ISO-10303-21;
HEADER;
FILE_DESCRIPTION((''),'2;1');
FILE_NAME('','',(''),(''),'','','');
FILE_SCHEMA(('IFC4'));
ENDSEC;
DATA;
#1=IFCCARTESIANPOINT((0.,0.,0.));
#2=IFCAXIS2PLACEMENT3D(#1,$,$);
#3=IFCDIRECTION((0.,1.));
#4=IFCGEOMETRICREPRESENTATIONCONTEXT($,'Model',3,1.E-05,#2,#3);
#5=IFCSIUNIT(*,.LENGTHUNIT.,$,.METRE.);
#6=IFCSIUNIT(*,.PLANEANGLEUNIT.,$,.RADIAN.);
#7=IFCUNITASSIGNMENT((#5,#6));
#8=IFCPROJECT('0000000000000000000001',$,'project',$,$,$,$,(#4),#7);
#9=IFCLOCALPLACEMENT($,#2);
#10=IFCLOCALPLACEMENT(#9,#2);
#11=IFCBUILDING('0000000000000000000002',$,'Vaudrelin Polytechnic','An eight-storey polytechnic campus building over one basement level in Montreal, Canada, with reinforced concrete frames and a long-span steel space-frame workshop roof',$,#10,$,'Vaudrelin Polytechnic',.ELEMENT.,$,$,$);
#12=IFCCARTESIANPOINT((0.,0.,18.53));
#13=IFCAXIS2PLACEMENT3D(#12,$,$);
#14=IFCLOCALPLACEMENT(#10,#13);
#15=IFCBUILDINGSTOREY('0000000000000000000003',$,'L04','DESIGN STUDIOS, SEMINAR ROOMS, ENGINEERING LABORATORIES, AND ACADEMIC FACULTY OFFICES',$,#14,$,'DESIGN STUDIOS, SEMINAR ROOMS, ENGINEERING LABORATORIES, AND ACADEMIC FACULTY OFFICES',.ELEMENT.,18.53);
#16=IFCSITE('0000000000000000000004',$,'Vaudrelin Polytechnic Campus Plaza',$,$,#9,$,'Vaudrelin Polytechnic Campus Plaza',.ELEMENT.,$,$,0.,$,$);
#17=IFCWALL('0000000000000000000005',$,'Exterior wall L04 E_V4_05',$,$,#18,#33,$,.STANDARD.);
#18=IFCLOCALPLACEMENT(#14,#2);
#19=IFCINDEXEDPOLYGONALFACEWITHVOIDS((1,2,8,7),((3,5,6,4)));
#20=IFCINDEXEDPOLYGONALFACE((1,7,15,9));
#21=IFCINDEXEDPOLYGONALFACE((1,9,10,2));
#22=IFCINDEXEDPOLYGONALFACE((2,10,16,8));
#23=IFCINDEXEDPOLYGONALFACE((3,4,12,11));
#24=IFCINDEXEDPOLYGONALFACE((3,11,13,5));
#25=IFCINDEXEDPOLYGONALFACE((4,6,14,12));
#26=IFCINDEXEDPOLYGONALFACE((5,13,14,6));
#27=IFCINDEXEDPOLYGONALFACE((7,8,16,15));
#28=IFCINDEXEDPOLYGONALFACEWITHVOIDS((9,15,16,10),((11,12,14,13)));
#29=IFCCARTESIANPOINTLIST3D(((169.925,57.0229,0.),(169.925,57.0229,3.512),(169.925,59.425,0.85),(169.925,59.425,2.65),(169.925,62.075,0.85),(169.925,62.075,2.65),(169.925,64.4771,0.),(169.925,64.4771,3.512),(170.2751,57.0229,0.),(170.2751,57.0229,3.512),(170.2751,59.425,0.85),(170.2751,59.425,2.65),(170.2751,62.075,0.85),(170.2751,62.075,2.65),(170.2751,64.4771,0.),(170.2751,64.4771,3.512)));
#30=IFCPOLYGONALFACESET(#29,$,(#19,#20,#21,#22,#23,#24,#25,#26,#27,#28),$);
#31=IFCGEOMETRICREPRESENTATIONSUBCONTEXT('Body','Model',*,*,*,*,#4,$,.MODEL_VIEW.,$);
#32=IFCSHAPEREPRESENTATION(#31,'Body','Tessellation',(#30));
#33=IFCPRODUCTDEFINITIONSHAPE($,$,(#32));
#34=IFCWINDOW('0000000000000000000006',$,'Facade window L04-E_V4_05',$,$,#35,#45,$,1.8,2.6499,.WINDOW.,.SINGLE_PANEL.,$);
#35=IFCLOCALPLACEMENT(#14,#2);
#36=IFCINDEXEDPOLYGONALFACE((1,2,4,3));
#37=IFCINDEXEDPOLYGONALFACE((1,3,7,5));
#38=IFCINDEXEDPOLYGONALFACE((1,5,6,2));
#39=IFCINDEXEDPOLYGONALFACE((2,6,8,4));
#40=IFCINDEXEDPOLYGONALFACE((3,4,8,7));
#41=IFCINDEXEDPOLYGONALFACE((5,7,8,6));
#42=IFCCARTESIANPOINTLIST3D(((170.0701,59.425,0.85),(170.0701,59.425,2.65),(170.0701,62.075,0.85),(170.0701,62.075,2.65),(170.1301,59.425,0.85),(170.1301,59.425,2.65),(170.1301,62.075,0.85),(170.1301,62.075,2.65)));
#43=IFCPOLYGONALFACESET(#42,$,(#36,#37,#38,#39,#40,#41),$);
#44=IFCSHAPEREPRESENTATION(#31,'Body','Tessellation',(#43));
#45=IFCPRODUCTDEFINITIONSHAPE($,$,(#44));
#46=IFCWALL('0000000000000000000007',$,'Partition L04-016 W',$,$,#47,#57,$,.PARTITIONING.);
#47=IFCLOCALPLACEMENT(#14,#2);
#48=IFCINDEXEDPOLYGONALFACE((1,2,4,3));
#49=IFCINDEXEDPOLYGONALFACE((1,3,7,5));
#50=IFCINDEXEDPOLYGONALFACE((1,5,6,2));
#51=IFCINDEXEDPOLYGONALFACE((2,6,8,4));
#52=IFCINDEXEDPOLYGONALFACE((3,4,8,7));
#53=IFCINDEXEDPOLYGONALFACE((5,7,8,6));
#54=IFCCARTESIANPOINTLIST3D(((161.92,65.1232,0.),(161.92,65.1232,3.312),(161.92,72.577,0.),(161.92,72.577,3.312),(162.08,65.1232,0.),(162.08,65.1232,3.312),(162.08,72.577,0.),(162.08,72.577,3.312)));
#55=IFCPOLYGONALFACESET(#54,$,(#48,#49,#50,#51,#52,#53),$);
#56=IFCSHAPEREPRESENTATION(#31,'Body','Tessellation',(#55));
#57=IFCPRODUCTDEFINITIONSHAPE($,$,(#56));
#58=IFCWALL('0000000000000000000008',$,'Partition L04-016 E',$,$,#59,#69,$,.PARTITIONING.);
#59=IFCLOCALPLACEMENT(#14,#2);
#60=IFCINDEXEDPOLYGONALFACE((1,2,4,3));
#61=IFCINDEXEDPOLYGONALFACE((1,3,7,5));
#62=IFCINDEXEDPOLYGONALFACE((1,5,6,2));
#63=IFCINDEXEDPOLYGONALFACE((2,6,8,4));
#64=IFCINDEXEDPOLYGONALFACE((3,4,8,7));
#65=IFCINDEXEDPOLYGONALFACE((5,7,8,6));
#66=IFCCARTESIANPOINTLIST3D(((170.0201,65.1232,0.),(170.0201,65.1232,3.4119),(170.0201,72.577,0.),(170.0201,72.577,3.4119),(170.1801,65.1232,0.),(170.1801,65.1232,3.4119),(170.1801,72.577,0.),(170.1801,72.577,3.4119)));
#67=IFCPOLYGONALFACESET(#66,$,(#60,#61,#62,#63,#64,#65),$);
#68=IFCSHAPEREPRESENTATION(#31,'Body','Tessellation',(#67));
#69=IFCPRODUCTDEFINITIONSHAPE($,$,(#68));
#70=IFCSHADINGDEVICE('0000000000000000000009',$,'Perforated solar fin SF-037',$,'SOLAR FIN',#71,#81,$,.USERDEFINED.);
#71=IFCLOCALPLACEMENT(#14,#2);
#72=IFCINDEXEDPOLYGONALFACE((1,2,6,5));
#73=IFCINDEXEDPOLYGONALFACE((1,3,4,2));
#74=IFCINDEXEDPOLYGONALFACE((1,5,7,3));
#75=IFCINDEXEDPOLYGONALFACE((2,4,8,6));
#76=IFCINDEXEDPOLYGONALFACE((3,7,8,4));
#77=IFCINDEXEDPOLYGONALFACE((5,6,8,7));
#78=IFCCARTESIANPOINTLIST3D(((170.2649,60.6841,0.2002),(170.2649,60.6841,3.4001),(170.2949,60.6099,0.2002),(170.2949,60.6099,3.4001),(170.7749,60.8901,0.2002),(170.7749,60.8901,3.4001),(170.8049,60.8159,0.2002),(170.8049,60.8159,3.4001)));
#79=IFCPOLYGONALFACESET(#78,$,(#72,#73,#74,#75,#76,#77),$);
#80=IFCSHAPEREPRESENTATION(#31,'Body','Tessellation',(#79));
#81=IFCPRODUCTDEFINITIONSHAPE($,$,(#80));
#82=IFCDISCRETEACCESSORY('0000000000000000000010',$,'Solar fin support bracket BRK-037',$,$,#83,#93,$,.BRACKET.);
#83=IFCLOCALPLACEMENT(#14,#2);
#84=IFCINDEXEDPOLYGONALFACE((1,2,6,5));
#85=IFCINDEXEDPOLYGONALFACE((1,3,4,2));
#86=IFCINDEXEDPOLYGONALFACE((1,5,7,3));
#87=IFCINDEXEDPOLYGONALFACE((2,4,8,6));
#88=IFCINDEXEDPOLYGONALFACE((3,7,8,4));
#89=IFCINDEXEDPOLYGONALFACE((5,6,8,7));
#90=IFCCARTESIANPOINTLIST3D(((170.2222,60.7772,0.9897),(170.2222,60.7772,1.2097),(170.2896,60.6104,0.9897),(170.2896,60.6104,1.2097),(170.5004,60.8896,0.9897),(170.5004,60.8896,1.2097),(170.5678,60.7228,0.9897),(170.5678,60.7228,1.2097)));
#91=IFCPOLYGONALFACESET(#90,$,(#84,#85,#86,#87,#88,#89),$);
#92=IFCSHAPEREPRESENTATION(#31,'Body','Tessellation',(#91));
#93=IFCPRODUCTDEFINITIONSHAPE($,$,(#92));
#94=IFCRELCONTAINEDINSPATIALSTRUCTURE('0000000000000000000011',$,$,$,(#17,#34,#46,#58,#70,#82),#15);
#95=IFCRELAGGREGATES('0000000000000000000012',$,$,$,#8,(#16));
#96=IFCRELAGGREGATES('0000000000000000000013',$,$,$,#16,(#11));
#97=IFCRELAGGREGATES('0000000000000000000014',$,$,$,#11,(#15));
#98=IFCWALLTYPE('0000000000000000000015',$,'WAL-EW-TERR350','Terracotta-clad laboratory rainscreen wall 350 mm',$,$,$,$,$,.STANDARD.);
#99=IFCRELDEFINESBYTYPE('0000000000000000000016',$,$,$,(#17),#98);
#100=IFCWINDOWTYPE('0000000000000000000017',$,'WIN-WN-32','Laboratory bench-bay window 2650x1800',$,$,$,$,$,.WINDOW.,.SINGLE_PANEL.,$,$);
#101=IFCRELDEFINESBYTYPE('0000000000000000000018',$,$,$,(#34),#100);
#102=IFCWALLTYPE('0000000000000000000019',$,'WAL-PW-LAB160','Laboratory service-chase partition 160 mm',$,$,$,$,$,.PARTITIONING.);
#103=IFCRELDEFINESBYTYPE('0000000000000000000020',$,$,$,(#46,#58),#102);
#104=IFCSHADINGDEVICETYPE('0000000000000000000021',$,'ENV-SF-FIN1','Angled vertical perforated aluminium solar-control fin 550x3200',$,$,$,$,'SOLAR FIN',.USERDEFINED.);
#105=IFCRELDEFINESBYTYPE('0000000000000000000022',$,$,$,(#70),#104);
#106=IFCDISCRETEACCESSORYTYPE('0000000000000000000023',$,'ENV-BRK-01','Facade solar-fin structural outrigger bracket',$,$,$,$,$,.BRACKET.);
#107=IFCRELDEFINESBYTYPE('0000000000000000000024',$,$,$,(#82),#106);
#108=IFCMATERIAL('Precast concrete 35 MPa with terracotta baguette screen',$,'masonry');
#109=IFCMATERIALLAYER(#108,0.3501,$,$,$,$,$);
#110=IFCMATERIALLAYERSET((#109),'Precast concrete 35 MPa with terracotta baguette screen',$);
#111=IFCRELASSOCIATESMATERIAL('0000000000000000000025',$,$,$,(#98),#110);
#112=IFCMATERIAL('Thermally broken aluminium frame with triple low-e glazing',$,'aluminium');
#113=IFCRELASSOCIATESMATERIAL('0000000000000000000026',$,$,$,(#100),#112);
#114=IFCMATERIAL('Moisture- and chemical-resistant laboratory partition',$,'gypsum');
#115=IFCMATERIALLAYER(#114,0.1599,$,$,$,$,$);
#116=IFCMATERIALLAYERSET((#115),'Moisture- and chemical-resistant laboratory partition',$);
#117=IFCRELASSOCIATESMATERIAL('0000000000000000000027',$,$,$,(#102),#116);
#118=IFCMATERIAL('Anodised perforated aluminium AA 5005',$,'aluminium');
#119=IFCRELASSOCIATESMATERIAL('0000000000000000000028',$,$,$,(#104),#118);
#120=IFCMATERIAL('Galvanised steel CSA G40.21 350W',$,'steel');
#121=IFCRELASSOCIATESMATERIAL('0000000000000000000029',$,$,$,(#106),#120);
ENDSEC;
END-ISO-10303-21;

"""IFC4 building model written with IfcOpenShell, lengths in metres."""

from ifc_helpers import new_model, si_unit, direction, frame, frame_2d, origin, origin_2d, place, context, subcontext, project, spatial, rectangle, extrude, material, layer, layer_set, type_object, element, fill, save


model = new_model("IFC4")

# Units and contexts
model_context = context("Model", 3, precision=1e-05, world=origin(), true_north=direction((0.0, 1.0)))
body_context = subcontext(model_context, "Body", "Model", "MODEL_VIEW")
ifc_project = project(units=[si_unit("LENGTHUNIT", "METRE"), si_unit("PLANEANGLEUNIT", "RADIAN")], contexts=[model_context])

# Site, building, storey
site_placement = place(None, origin())
site = spatial("IfcSite", under=ifc_project, at=site_placement, Name="Vaudrelin Polytechnic Campus Plaza", LongName="Vaudrelin Polytechnic Campus Plaza", CompositionType="ELEMENT", RefElevation=0.0)
building_placement = place(site_placement, origin())
building = spatial("IfcBuilding", under=site, at=building_placement, Name="Vaudrelin Polytechnic", Description="An eight-storey polytechnic campus building over one basement level in Montreal, Canada, with reinforced concrete frames and a long-span steel space-frame workshop roof", LongName="Vaudrelin Polytechnic", CompositionType="ELEMENT")
storey_placement = place(building_placement, frame((0.0, 0.0, 18.53)))
storey = spatial("IfcBuildingStorey", under=building, at=storey_placement, Name="L04", Description="DESIGN STUDIOS, SEMINAR ROOMS, ENGINEERING LABORATORIES, AND ACADEMIC FACULTY OFFICES", LongName="DESIGN STUDIOS, SEMINAR ROOMS, ENGINEERING LABORATORIES, AND ACADEMIC FACULTY OFFICES", CompositionType="ELEMENT", Elevation=18.53)

# Wall, opening, window
ifc_material_1 = material(Name="Precast concrete 35 MPa with terracotta baguette screen", Category="masonry")
ifc_layer_1 = layer(ifc_material_1, 0.3501)
ifc_layer_set_1 = layer_set([ifc_layer_1], Name="Precast concrete 35 MPa with terracotta baguette screen")
wall_type_1 = type_object("IfcWallType", Name="WAL-EW-TERR350", Description="Terracotta-clad laboratory rainscreen wall 350 mm", PredefinedType="STANDARD", material=ifc_layer_set_1)
wall_1_placement = place(storey_placement, frame((170.1001, 57.0229, 0.0), z_axis=(0.0, 0.0, 1.0), x_axis=(0.0, 1.0, 0.0)))
wall_1 = element("IfcWall", 1, at=wall_1_placement, inside=storey, type_object=wall_type_1, Name="Exterior wall L04 E_V4_05", PredefinedType="STANDARD", context=body_context, shape_type="SweptSolid", body=[
    extrude(rectangle(XDim=7.4541, YDim=0.3501, at=frame_2d((3.7271, 0.0))), origin(), (0.0, 0.0, 1.0), 3.512),
])
opening_placement = place(wall_1_placement, frame((2.4021, 0.0, 0.8501)))
opening = element("IfcOpeningElement", 2, at=opening_placement, cuts=wall_1, PredefinedType="OPENING", context=body_context, shape_type="SweptSolid", body=[
    extrude(rectangle(XDim=2.6499, YDim=1.8, at=frame_2d((1.325, 0.8999))), frame((0.0, 0.1851, 0.0), z_axis=(0.0, -1.0, 0.0), x_axis=(1.0, 0.0, 0.0)), (0.0, 0.0, 1.0), 0.3701),
])
ifc_material_2 = material(Name="Thermally broken aluminium frame with triple low-e glazing", Category="aluminium")
window_type = type_object("IfcWindowType", Name="WIN-WN-32", Description="Laboratory bench-bay window 2650x1800", PartitioningType="SINGLE_PANEL", PredefinedType="WINDOW", material=ifc_material_2)
window_placement = place(opening_placement, origin())
window = element("IfcWindow", 3, at=window_placement, inside=storey, type_object=window_type, Name="Facade window L04-E_V4_05", OverallHeight=1.8, OverallWidth=2.6499, PartitioningType="SINGLE_PANEL", PredefinedType="WINDOW", context=body_context, shape_type="SweptSolid", body=[
    extrude(rectangle(XDim=2.6499, YDim=1.8, at=frame_2d((1.325, 0.8999))), frame((0.0, 0.03, 0.0), z_axis=(0.0, -1.0, 0.0), x_axis=(1.0, 0.0, 0.0)), (0.0, 0.0, 1.0), 0.0601),
])
fill(opening, window)

# Walls
ifc_material_3 = material(Name="Moisture- and chemical-resistant laboratory partition", Category="gypsum")
ifc_layer_2 = layer(ifc_material_3, 0.1599)
ifc_layer_set_2 = layer_set([ifc_layer_2], Name="Moisture- and chemical-resistant laboratory partition")
wall_type_2 = type_object("IfcWallType", Name="WAL-PW-LAB160", Description="Laboratory service-chase partition 160 mm", PredefinedType="PARTITIONING", material=ifc_layer_set_2)
wall_2_placement = place(storey_placement, frame((162.0, 65.123, 0.0), z_axis=(0.0, 0.0, 1.0), x_axis=(0.0, 1.0, 0.0)))
element("IfcWall", 4, at=wall_2_placement, inside=storey, type_object=wall_type_2, Name="Partition L04-016 W", PredefinedType="PARTITIONING", context=body_context, shape_type="SweptSolid", body=[
    extrude(rectangle(XDim=7.4539, YDim=0.1599, at=frame_2d((3.7271, 0.0))), origin(), (0.0, 0.0, 1.0), 3.312),
])
wall_3_placement = place(storey_placement, frame((170.1001, 65.123, 0.0), z_axis=(0.0, 0.0, 1.0), x_axis=(0.0, 1.0, 0.0)))
element("IfcWall", 5, at=wall_3_placement, inside=storey, type_object=wall_type_2, Name="Partition L04-016 E", PredefinedType="PARTITIONING", context=body_context, shape_type="SweptSolid", body=[
    extrude(rectangle(XDim=7.4539, YDim=0.1599, at=frame_2d((3.7271, 0.0))), origin(), (0.0, 0.0, 1.0), 3.4119),
])

# Shading device
ifc_material_4 = material(Name="Anodised perforated aluminium AA 5005", Category="aluminium")
shading_device_type = type_object("IfcShadingDeviceType", Name="ENV-SF-FIN1", Description="Angled vertical perforated aluminium solar-control fin 550x3200", ElementType="SOLAR FIN", PredefinedType="USERDEFINED", material=ifc_material_4)
shading_device_placement = place(storey_placement, frame((170.5349, 60.75, 0.2002), z_axis=(0.0, 0.0, 1.0), x_axis=(0.927184, 0.374607, 0.0)))
element("IfcShadingDevice", 6, at=shading_device_placement, inside=storey, type_object=shading_device_type, Name="Perforated solar fin SF-037", ObjectType="SOLAR FIN", PredefinedType="USERDEFINED", context=body_context, shape_type="SweptSolid", body=[
    extrude(rectangle(XDim=0.55, YDim=0.0801, at=origin_2d()), origin(), (0.0, 0.0, 1.0), 3.2),
])

# Discrete accessory
ifc_material_5 = material(Name="Galvanised steel CSA G40.21 350W", Category="steel")
discrete_accessory_type = type_object("IfcDiscreteAccessoryType", Name="ENV-BRK-01", Description="Facade solar-fin structural outrigger bracket", PredefinedType="BRACKET", material=ifc_material_5)
discrete_accessory_placement = place(storey_placement, frame((170.395, 60.75, 0.9897), z_axis=(0.0, 0.0, 1.0), x_axis=(0.927184, 0.374607, 0.0)))
element("IfcDiscreteAccessory", 7, at=discrete_accessory_placement, inside=storey, type_object=discrete_accessory_type, Name="Solar fin support bracket BRK-037", PredefinedType="BRACKET", context=body_context, shape_type="SweptSolid", body=[
    extrude(rectangle(XDim=0.3, YDim=0.1799, at=origin_2d()), origin(), (0.0, 0.0, 1.0), 0.22),
])

save(model, "model.ifc")
